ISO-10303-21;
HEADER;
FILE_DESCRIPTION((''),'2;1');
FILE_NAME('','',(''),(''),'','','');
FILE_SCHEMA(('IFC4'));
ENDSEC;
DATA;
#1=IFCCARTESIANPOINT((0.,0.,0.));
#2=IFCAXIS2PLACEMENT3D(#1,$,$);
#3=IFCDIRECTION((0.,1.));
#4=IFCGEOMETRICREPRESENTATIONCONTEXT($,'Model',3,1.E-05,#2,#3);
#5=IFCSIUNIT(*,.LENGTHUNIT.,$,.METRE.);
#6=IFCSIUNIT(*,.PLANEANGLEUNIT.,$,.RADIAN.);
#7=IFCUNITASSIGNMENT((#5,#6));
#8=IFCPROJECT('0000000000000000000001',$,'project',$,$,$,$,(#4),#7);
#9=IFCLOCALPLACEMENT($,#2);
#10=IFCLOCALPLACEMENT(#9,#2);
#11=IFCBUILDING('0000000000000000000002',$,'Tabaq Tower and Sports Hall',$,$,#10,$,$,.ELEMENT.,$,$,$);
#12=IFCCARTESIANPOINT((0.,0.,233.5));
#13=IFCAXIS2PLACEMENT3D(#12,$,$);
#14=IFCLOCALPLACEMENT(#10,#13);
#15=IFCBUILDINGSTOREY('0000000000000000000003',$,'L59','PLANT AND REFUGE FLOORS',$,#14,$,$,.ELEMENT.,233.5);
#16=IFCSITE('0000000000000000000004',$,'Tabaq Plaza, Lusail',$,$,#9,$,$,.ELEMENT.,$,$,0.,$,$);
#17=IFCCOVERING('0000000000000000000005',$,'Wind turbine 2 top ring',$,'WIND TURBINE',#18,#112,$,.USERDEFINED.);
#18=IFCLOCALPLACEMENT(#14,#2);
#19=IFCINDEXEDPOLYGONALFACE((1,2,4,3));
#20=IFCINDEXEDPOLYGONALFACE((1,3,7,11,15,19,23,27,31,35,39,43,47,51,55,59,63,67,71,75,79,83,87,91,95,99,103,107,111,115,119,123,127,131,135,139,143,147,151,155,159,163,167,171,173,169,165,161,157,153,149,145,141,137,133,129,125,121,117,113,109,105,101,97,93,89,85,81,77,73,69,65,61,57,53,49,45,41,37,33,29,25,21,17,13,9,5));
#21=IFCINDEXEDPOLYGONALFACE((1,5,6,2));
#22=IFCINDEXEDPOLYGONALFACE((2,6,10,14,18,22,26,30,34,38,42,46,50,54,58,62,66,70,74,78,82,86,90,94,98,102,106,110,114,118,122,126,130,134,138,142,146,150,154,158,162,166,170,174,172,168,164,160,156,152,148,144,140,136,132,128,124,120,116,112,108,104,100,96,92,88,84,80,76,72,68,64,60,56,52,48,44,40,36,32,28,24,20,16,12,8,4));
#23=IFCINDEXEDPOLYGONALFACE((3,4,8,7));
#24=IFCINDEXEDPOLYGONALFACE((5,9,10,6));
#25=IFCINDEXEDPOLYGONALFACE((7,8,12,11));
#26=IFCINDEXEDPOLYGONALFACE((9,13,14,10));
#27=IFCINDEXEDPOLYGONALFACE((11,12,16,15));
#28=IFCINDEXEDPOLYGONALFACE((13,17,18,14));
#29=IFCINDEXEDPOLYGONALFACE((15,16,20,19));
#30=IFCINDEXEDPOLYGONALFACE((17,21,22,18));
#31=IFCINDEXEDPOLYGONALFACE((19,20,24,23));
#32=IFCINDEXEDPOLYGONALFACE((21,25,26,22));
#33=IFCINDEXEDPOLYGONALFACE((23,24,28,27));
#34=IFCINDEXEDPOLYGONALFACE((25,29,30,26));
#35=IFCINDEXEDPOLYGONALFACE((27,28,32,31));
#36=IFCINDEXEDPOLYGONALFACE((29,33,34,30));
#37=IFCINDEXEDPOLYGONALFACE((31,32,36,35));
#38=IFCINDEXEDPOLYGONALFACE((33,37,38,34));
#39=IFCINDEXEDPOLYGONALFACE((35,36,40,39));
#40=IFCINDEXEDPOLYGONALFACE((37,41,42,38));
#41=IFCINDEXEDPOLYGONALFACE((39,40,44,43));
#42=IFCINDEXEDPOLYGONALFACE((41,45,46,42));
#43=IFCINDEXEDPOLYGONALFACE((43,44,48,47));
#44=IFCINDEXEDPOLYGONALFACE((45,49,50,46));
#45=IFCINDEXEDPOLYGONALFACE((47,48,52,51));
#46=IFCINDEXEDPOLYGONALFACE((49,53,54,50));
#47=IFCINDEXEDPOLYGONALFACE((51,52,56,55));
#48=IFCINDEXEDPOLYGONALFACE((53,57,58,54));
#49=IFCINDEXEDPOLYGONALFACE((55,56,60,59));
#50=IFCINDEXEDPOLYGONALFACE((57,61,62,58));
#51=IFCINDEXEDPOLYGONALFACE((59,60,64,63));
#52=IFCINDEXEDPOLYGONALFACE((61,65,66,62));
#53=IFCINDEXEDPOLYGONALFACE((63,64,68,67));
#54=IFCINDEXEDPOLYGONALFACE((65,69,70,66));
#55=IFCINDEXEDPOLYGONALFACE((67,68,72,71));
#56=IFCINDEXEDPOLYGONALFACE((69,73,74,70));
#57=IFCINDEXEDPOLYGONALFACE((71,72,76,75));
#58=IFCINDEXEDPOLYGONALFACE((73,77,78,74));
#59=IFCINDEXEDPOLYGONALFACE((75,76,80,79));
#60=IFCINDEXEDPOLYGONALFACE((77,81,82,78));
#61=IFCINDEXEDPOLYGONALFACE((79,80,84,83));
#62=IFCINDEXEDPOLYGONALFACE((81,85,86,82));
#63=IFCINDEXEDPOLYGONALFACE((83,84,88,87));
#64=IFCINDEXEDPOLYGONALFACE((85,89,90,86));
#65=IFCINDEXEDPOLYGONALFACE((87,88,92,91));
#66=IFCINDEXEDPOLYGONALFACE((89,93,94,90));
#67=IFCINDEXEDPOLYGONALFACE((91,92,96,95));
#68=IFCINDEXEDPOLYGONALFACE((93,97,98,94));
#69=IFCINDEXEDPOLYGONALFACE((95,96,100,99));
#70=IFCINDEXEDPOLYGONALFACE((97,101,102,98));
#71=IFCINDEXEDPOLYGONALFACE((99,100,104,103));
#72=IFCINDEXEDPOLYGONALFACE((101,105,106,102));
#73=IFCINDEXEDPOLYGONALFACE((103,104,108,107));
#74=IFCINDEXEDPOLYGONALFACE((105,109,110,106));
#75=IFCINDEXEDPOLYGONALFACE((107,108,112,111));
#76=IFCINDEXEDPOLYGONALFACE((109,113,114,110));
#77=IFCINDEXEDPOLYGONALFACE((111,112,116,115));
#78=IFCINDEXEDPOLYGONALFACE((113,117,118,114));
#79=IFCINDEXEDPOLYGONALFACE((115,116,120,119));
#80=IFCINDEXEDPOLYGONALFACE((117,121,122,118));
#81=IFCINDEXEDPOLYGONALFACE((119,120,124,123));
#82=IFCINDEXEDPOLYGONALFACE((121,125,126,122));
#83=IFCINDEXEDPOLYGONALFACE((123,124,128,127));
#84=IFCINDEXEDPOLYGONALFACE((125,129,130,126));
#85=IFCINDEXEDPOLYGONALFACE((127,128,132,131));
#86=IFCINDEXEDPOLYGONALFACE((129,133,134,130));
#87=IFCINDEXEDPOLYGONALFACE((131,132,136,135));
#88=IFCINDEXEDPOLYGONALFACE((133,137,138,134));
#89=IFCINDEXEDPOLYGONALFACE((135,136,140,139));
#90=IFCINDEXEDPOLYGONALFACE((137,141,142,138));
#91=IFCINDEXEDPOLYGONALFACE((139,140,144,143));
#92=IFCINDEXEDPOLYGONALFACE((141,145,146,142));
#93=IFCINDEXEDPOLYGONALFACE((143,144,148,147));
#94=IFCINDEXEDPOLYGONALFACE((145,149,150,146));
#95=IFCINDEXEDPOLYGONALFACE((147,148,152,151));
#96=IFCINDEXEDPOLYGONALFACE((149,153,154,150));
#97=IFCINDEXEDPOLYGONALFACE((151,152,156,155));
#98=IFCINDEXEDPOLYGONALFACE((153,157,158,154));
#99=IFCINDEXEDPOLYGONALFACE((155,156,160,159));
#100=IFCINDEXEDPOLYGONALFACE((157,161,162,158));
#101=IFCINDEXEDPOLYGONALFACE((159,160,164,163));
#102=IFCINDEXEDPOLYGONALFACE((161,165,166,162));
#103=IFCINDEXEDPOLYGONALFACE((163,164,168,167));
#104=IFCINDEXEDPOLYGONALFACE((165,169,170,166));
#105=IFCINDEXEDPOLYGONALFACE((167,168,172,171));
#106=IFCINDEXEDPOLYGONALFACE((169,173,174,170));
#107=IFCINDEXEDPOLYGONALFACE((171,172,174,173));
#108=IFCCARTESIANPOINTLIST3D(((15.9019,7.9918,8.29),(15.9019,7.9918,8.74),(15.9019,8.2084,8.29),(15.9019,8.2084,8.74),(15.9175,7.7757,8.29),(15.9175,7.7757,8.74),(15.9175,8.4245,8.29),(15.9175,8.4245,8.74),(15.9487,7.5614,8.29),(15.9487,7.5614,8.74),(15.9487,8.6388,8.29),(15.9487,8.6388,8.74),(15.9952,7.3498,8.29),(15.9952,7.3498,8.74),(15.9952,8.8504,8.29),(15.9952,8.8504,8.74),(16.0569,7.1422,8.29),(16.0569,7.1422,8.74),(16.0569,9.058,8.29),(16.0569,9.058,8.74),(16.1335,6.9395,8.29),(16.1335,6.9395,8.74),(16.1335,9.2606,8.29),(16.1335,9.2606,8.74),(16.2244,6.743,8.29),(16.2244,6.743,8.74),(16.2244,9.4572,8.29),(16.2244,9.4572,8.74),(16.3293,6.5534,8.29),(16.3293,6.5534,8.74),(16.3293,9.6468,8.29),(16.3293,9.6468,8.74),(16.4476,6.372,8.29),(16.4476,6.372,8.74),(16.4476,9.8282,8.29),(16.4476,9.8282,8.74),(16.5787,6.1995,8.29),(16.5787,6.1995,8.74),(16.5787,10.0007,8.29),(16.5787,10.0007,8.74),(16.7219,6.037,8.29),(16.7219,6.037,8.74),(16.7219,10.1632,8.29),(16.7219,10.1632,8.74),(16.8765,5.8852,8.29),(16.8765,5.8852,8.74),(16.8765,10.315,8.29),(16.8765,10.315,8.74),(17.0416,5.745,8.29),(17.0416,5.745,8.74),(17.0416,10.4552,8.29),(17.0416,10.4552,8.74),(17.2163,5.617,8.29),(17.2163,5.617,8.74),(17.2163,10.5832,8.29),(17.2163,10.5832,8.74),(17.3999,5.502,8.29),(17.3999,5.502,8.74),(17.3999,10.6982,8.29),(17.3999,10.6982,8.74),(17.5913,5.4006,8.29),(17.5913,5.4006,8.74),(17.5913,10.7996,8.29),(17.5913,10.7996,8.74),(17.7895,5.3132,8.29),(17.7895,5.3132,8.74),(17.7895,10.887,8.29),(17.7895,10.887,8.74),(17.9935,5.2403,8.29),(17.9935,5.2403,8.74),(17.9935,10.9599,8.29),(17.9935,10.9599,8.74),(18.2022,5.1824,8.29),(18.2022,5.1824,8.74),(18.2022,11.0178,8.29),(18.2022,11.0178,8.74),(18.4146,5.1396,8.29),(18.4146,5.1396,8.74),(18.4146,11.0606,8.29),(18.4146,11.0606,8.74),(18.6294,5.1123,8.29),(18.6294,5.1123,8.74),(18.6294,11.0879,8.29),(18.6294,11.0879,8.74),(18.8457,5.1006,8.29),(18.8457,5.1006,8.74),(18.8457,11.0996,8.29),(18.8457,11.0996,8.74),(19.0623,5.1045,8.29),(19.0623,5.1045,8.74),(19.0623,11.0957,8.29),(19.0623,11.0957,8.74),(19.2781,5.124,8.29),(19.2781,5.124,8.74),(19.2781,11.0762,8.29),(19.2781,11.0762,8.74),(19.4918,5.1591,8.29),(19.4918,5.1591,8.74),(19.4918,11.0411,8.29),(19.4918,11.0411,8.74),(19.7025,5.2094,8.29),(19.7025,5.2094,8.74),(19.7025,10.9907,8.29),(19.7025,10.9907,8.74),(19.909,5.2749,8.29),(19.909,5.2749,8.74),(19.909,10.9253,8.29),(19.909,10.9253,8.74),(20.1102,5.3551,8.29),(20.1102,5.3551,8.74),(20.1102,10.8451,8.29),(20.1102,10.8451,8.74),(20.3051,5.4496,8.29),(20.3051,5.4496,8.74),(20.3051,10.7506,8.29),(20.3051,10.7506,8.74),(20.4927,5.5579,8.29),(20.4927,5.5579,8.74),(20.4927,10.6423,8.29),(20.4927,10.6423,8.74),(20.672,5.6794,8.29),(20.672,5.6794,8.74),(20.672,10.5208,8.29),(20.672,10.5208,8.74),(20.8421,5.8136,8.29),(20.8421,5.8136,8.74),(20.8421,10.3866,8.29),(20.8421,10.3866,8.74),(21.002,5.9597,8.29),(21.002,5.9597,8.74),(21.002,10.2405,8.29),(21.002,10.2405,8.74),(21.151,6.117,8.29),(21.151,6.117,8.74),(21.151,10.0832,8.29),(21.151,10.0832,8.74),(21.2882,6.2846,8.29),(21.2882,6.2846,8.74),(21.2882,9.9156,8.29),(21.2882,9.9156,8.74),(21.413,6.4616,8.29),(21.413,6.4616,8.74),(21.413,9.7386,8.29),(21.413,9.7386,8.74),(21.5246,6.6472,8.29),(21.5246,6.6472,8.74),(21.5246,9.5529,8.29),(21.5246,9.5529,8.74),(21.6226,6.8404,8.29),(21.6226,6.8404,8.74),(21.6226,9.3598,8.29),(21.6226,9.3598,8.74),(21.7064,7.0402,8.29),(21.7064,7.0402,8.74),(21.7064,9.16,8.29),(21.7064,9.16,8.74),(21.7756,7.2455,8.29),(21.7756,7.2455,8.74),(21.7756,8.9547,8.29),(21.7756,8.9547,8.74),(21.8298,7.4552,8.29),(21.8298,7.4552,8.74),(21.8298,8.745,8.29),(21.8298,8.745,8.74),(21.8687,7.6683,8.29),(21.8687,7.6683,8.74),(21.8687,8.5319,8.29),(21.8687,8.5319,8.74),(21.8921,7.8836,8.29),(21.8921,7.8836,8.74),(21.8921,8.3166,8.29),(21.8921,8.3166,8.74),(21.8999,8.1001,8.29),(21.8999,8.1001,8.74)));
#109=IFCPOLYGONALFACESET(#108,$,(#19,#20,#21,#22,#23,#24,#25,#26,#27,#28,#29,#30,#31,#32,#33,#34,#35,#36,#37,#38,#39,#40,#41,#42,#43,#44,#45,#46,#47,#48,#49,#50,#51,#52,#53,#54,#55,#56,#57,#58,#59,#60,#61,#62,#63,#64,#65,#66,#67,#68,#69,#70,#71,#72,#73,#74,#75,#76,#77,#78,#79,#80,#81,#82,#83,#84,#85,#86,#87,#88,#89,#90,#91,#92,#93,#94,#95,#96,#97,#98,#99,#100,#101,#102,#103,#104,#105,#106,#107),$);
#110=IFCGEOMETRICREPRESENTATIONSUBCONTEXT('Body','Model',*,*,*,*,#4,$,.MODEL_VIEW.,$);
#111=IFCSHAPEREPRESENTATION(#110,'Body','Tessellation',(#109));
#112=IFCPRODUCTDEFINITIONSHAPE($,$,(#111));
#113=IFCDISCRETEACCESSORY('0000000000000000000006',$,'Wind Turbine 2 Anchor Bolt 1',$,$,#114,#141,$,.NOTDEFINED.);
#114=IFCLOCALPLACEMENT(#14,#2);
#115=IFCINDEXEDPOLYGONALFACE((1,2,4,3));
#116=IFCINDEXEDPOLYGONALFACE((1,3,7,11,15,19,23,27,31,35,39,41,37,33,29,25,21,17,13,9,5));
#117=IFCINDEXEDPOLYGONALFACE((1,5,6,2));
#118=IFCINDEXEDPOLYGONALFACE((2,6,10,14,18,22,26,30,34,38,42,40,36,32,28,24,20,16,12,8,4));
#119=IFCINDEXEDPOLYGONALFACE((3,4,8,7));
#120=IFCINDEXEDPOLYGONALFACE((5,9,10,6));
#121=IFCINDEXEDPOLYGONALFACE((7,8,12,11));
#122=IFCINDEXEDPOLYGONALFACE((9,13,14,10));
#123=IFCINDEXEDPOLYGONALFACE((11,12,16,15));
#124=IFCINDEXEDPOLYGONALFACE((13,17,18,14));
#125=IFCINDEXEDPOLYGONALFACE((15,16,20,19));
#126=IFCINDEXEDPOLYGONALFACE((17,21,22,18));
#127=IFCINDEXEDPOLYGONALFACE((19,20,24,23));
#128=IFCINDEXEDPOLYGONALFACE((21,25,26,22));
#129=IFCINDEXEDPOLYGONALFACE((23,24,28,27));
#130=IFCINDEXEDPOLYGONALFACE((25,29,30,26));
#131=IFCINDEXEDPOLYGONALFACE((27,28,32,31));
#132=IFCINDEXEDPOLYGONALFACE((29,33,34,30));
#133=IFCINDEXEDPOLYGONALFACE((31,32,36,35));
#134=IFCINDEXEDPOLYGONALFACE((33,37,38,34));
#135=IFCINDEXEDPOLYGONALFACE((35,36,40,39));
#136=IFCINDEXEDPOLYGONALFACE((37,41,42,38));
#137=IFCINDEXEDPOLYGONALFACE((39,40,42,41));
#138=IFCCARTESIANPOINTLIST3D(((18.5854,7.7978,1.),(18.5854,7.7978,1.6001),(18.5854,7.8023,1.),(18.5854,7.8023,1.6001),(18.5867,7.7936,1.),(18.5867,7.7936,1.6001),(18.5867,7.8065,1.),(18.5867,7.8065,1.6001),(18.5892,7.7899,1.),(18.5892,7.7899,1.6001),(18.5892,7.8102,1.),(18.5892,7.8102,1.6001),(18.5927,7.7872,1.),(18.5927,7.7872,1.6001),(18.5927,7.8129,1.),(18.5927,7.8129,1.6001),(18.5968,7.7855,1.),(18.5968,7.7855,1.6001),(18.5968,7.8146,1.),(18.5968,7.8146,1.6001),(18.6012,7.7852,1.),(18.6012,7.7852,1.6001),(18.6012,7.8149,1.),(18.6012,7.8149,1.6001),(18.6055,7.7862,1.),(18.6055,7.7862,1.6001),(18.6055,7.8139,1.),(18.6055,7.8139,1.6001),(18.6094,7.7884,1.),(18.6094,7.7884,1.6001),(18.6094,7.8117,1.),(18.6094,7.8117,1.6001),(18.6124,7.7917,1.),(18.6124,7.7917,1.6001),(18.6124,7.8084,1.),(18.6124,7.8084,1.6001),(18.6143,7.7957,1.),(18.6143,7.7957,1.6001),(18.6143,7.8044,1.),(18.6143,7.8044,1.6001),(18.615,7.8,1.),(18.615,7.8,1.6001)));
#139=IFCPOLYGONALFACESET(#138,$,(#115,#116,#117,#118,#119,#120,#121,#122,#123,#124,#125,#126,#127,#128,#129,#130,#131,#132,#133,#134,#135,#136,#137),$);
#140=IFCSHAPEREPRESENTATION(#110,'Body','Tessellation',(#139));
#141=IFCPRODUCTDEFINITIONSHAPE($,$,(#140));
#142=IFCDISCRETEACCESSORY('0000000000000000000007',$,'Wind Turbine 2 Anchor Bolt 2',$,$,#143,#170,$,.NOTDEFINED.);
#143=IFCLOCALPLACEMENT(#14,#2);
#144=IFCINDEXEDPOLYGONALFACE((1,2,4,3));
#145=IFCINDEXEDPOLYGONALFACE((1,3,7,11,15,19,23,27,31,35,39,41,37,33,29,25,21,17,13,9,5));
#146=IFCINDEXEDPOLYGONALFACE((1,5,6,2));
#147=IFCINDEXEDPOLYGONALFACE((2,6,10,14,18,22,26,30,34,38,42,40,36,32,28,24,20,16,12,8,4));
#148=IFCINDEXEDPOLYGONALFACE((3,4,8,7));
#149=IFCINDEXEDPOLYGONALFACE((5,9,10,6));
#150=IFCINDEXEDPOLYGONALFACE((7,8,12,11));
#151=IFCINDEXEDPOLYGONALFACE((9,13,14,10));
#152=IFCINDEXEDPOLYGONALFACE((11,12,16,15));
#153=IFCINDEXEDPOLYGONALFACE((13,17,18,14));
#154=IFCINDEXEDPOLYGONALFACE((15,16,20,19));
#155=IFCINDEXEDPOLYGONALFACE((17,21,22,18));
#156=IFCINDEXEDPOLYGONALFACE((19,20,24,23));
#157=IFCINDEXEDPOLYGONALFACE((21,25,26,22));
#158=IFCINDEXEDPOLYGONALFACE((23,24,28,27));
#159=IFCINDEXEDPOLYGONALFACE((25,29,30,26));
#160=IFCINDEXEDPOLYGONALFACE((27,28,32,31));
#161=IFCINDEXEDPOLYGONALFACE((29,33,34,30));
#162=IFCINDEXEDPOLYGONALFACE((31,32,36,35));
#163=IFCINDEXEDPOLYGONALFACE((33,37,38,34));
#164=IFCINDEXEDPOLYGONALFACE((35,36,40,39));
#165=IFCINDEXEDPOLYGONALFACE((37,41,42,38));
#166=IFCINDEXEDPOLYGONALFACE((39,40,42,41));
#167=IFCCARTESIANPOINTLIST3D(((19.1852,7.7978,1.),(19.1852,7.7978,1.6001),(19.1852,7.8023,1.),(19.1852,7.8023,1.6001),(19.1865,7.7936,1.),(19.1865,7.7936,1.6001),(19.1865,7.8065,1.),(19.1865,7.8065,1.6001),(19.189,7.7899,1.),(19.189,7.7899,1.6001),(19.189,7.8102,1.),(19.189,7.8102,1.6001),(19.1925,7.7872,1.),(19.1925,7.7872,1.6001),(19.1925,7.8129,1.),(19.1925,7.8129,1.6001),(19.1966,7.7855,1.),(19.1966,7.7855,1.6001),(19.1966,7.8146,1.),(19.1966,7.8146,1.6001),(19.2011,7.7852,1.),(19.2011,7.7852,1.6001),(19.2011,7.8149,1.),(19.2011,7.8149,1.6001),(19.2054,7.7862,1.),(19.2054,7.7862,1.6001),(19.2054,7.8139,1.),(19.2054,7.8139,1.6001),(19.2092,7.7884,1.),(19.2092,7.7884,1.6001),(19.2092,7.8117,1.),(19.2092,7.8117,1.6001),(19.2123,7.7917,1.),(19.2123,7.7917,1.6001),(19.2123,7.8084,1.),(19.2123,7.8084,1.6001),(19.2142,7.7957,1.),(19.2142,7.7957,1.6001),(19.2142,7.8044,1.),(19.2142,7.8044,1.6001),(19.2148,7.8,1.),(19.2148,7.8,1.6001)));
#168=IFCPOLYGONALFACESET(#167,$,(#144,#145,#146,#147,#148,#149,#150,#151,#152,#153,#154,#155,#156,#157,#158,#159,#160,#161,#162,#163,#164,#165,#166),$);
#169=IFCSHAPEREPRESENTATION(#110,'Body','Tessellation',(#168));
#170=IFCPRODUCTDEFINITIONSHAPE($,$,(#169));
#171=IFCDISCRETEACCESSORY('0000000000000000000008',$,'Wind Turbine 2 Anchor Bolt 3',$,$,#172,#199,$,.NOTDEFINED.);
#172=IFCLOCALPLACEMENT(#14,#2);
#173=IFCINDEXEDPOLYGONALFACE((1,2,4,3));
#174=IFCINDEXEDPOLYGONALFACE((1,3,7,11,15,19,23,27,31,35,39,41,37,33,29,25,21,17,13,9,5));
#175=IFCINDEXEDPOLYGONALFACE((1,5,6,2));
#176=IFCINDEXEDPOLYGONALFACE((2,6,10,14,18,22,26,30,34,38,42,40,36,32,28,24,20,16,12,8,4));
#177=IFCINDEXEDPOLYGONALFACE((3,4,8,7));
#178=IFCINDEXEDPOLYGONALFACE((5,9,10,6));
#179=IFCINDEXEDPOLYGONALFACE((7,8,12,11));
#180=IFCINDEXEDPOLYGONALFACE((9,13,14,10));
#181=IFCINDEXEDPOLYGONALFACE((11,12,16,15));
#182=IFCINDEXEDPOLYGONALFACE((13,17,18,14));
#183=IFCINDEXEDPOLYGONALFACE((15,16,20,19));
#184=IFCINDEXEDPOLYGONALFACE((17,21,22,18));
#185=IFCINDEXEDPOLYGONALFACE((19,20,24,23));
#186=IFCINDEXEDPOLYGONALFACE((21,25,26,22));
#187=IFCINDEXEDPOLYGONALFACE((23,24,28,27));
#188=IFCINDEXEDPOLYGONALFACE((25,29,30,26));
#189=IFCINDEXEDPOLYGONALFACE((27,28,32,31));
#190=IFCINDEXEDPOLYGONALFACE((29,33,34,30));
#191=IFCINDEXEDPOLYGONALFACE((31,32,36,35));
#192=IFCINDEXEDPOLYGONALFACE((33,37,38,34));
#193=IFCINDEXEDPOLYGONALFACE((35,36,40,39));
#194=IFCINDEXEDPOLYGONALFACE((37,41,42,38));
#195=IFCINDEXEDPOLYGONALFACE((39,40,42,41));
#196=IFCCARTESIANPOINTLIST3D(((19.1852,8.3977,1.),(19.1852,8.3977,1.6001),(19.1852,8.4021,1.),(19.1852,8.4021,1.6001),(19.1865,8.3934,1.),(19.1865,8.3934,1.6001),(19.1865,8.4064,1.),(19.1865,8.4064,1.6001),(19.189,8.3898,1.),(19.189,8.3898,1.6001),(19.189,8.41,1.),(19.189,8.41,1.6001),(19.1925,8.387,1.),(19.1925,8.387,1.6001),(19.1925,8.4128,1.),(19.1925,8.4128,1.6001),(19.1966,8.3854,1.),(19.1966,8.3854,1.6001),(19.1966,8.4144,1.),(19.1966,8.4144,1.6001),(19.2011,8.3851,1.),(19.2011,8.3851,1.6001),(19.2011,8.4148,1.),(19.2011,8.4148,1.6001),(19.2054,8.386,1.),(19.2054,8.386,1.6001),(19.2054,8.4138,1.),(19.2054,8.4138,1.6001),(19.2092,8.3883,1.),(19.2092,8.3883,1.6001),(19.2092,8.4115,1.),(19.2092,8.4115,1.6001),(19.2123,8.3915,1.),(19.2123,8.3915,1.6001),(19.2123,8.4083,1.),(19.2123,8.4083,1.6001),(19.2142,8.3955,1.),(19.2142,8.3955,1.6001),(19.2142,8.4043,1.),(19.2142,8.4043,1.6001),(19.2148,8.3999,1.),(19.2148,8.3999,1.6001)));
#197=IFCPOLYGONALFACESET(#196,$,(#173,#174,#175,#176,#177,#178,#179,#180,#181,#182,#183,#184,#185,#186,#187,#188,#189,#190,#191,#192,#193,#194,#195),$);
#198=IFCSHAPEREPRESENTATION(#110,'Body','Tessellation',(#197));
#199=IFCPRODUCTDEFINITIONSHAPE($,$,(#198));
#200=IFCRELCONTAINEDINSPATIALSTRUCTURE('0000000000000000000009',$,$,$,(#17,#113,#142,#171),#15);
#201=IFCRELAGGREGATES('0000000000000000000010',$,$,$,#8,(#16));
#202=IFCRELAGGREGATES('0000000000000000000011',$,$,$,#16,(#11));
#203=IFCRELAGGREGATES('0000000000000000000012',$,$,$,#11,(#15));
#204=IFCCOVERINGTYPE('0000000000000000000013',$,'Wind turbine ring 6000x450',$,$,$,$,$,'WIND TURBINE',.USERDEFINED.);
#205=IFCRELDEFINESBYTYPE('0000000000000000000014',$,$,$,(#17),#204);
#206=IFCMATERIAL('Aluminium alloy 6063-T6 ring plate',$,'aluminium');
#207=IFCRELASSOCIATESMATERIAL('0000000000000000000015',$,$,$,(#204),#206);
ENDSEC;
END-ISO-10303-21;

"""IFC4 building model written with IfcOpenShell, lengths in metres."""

from ifc_helpers import new_model, si_unit, direction, frame, origin, origin_2d, place, context, subcontext, project, spatial, circle, extrude, material, material_profile, profile_set, type_object, element, save


model = new_model("IFC4")

# Units and contexts
model_context = context("Model", 3, precision=1e-05, world=origin(), true_north=direction((0.0, 1.0)))
body_context = subcontext(model_context, "Body", "Model", "MODEL_VIEW")
ifc_project = project(units=[si_unit("LENGTHUNIT", "METRE"), si_unit("PLANEANGLEUNIT", "RADIAN")], contexts=[model_context])

# Site, building, storey
site_placement = place(None, origin())
site = spatial("IfcSite", under=ifc_project, at=site_placement, Name="Tabaq Plaza, Lusail", CompositionType="ELEMENT", RefElevation=0.0)
building_placement = place(site_placement, origin())
building = spatial("IfcBuilding", under=site, at=building_placement, Name="Tabaq Tower and Sports Hall", CompositionType="ELEMENT")
storey_placement = place(building_placement, frame((0.0, 0.0, 233.5)))
storey = spatial("IfcBuildingStorey", under=building, at=storey_placement, Name="L59", Description="PLANT AND REFUGE FLOORS", CompositionType="ELEMENT", Elevation=233.5)

# Covering
ifc_material_1 = material(Name="Aluminium alloy 6063-T6 ring plate", Category="aluminium")
ifc_material_profile_1 = material_profile(ifc_material_1, circle(Radius=3.0, at=origin_2d()), Name="Wind turbine ring 6000x450")
ifc_profile_set_1 = profile_set([ifc_material_profile_1], Name="Aluminium alloy 6063-T6 ring plate")
covering_type_1 = type_object("IfcCoveringType", Name="Wind turbine ring 6000x450", ElementType="WIND TURBINE", PredefinedType="USERDEFINED", material=ifc_profile_set_1)
for number, where, z_axis, x_axis, name in (
    (1, (18.8999, 8.1001, 8.74), (0.0, 0.0, -1.0), (1.0, 0.0, 0.0), "Wind turbine 2 top ring"),
):
    element("IfcCovering", number, at=place(storey_placement, frame(where, z_axis=z_axis, x_axis=x_axis)), inside=storey, type_object=covering_type_1, Name=name, ObjectType="WIND TURBINE", PredefinedType="USERDEFINED", context=body_context, shape_type="SweptSolid", body=[
        extrude(circle(Radius=3.0, at=origin_2d()), origin(), (0.0, 0.0, 1.0), 0.45),
    ])

# Discrete accessories
for number, where, z_axis, x_axis, name in (
    (2, (18.6001, 7.8, 1.6001), (0.0, 0.0, -1.0), (1.0, 0.0, 0.0), "Wind Turbine 2 Anchor Bolt 1"),
    (3, (19.2, 7.8, 1.6001), (0.0, 0.0, -1.0), (1.0, 0.0, 0.0), "Wind Turbine 2 Anchor Bolt 2"),
    (4, (19.2, 8.3999, 1.6001), (0.0, 0.0, -1.0), (1.0, 0.0, 0.0), "Wind Turbine 2 Anchor Bolt 3"),
):
    element("IfcDiscreteAccessory", number, at=place(storey_placement, frame(where, z_axis=z_axis, x_axis=x_axis)), inside=storey, Name=name, PredefinedType="NOTDEFINED", context=body_context, shape_type="SweptSolid", body=[
        extrude(circle(Radius=0.0149, at=origin_2d()), origin(), (0.0, 0.0, 1.0), 0.6001),
    ])

save(model, "model.ifc")
